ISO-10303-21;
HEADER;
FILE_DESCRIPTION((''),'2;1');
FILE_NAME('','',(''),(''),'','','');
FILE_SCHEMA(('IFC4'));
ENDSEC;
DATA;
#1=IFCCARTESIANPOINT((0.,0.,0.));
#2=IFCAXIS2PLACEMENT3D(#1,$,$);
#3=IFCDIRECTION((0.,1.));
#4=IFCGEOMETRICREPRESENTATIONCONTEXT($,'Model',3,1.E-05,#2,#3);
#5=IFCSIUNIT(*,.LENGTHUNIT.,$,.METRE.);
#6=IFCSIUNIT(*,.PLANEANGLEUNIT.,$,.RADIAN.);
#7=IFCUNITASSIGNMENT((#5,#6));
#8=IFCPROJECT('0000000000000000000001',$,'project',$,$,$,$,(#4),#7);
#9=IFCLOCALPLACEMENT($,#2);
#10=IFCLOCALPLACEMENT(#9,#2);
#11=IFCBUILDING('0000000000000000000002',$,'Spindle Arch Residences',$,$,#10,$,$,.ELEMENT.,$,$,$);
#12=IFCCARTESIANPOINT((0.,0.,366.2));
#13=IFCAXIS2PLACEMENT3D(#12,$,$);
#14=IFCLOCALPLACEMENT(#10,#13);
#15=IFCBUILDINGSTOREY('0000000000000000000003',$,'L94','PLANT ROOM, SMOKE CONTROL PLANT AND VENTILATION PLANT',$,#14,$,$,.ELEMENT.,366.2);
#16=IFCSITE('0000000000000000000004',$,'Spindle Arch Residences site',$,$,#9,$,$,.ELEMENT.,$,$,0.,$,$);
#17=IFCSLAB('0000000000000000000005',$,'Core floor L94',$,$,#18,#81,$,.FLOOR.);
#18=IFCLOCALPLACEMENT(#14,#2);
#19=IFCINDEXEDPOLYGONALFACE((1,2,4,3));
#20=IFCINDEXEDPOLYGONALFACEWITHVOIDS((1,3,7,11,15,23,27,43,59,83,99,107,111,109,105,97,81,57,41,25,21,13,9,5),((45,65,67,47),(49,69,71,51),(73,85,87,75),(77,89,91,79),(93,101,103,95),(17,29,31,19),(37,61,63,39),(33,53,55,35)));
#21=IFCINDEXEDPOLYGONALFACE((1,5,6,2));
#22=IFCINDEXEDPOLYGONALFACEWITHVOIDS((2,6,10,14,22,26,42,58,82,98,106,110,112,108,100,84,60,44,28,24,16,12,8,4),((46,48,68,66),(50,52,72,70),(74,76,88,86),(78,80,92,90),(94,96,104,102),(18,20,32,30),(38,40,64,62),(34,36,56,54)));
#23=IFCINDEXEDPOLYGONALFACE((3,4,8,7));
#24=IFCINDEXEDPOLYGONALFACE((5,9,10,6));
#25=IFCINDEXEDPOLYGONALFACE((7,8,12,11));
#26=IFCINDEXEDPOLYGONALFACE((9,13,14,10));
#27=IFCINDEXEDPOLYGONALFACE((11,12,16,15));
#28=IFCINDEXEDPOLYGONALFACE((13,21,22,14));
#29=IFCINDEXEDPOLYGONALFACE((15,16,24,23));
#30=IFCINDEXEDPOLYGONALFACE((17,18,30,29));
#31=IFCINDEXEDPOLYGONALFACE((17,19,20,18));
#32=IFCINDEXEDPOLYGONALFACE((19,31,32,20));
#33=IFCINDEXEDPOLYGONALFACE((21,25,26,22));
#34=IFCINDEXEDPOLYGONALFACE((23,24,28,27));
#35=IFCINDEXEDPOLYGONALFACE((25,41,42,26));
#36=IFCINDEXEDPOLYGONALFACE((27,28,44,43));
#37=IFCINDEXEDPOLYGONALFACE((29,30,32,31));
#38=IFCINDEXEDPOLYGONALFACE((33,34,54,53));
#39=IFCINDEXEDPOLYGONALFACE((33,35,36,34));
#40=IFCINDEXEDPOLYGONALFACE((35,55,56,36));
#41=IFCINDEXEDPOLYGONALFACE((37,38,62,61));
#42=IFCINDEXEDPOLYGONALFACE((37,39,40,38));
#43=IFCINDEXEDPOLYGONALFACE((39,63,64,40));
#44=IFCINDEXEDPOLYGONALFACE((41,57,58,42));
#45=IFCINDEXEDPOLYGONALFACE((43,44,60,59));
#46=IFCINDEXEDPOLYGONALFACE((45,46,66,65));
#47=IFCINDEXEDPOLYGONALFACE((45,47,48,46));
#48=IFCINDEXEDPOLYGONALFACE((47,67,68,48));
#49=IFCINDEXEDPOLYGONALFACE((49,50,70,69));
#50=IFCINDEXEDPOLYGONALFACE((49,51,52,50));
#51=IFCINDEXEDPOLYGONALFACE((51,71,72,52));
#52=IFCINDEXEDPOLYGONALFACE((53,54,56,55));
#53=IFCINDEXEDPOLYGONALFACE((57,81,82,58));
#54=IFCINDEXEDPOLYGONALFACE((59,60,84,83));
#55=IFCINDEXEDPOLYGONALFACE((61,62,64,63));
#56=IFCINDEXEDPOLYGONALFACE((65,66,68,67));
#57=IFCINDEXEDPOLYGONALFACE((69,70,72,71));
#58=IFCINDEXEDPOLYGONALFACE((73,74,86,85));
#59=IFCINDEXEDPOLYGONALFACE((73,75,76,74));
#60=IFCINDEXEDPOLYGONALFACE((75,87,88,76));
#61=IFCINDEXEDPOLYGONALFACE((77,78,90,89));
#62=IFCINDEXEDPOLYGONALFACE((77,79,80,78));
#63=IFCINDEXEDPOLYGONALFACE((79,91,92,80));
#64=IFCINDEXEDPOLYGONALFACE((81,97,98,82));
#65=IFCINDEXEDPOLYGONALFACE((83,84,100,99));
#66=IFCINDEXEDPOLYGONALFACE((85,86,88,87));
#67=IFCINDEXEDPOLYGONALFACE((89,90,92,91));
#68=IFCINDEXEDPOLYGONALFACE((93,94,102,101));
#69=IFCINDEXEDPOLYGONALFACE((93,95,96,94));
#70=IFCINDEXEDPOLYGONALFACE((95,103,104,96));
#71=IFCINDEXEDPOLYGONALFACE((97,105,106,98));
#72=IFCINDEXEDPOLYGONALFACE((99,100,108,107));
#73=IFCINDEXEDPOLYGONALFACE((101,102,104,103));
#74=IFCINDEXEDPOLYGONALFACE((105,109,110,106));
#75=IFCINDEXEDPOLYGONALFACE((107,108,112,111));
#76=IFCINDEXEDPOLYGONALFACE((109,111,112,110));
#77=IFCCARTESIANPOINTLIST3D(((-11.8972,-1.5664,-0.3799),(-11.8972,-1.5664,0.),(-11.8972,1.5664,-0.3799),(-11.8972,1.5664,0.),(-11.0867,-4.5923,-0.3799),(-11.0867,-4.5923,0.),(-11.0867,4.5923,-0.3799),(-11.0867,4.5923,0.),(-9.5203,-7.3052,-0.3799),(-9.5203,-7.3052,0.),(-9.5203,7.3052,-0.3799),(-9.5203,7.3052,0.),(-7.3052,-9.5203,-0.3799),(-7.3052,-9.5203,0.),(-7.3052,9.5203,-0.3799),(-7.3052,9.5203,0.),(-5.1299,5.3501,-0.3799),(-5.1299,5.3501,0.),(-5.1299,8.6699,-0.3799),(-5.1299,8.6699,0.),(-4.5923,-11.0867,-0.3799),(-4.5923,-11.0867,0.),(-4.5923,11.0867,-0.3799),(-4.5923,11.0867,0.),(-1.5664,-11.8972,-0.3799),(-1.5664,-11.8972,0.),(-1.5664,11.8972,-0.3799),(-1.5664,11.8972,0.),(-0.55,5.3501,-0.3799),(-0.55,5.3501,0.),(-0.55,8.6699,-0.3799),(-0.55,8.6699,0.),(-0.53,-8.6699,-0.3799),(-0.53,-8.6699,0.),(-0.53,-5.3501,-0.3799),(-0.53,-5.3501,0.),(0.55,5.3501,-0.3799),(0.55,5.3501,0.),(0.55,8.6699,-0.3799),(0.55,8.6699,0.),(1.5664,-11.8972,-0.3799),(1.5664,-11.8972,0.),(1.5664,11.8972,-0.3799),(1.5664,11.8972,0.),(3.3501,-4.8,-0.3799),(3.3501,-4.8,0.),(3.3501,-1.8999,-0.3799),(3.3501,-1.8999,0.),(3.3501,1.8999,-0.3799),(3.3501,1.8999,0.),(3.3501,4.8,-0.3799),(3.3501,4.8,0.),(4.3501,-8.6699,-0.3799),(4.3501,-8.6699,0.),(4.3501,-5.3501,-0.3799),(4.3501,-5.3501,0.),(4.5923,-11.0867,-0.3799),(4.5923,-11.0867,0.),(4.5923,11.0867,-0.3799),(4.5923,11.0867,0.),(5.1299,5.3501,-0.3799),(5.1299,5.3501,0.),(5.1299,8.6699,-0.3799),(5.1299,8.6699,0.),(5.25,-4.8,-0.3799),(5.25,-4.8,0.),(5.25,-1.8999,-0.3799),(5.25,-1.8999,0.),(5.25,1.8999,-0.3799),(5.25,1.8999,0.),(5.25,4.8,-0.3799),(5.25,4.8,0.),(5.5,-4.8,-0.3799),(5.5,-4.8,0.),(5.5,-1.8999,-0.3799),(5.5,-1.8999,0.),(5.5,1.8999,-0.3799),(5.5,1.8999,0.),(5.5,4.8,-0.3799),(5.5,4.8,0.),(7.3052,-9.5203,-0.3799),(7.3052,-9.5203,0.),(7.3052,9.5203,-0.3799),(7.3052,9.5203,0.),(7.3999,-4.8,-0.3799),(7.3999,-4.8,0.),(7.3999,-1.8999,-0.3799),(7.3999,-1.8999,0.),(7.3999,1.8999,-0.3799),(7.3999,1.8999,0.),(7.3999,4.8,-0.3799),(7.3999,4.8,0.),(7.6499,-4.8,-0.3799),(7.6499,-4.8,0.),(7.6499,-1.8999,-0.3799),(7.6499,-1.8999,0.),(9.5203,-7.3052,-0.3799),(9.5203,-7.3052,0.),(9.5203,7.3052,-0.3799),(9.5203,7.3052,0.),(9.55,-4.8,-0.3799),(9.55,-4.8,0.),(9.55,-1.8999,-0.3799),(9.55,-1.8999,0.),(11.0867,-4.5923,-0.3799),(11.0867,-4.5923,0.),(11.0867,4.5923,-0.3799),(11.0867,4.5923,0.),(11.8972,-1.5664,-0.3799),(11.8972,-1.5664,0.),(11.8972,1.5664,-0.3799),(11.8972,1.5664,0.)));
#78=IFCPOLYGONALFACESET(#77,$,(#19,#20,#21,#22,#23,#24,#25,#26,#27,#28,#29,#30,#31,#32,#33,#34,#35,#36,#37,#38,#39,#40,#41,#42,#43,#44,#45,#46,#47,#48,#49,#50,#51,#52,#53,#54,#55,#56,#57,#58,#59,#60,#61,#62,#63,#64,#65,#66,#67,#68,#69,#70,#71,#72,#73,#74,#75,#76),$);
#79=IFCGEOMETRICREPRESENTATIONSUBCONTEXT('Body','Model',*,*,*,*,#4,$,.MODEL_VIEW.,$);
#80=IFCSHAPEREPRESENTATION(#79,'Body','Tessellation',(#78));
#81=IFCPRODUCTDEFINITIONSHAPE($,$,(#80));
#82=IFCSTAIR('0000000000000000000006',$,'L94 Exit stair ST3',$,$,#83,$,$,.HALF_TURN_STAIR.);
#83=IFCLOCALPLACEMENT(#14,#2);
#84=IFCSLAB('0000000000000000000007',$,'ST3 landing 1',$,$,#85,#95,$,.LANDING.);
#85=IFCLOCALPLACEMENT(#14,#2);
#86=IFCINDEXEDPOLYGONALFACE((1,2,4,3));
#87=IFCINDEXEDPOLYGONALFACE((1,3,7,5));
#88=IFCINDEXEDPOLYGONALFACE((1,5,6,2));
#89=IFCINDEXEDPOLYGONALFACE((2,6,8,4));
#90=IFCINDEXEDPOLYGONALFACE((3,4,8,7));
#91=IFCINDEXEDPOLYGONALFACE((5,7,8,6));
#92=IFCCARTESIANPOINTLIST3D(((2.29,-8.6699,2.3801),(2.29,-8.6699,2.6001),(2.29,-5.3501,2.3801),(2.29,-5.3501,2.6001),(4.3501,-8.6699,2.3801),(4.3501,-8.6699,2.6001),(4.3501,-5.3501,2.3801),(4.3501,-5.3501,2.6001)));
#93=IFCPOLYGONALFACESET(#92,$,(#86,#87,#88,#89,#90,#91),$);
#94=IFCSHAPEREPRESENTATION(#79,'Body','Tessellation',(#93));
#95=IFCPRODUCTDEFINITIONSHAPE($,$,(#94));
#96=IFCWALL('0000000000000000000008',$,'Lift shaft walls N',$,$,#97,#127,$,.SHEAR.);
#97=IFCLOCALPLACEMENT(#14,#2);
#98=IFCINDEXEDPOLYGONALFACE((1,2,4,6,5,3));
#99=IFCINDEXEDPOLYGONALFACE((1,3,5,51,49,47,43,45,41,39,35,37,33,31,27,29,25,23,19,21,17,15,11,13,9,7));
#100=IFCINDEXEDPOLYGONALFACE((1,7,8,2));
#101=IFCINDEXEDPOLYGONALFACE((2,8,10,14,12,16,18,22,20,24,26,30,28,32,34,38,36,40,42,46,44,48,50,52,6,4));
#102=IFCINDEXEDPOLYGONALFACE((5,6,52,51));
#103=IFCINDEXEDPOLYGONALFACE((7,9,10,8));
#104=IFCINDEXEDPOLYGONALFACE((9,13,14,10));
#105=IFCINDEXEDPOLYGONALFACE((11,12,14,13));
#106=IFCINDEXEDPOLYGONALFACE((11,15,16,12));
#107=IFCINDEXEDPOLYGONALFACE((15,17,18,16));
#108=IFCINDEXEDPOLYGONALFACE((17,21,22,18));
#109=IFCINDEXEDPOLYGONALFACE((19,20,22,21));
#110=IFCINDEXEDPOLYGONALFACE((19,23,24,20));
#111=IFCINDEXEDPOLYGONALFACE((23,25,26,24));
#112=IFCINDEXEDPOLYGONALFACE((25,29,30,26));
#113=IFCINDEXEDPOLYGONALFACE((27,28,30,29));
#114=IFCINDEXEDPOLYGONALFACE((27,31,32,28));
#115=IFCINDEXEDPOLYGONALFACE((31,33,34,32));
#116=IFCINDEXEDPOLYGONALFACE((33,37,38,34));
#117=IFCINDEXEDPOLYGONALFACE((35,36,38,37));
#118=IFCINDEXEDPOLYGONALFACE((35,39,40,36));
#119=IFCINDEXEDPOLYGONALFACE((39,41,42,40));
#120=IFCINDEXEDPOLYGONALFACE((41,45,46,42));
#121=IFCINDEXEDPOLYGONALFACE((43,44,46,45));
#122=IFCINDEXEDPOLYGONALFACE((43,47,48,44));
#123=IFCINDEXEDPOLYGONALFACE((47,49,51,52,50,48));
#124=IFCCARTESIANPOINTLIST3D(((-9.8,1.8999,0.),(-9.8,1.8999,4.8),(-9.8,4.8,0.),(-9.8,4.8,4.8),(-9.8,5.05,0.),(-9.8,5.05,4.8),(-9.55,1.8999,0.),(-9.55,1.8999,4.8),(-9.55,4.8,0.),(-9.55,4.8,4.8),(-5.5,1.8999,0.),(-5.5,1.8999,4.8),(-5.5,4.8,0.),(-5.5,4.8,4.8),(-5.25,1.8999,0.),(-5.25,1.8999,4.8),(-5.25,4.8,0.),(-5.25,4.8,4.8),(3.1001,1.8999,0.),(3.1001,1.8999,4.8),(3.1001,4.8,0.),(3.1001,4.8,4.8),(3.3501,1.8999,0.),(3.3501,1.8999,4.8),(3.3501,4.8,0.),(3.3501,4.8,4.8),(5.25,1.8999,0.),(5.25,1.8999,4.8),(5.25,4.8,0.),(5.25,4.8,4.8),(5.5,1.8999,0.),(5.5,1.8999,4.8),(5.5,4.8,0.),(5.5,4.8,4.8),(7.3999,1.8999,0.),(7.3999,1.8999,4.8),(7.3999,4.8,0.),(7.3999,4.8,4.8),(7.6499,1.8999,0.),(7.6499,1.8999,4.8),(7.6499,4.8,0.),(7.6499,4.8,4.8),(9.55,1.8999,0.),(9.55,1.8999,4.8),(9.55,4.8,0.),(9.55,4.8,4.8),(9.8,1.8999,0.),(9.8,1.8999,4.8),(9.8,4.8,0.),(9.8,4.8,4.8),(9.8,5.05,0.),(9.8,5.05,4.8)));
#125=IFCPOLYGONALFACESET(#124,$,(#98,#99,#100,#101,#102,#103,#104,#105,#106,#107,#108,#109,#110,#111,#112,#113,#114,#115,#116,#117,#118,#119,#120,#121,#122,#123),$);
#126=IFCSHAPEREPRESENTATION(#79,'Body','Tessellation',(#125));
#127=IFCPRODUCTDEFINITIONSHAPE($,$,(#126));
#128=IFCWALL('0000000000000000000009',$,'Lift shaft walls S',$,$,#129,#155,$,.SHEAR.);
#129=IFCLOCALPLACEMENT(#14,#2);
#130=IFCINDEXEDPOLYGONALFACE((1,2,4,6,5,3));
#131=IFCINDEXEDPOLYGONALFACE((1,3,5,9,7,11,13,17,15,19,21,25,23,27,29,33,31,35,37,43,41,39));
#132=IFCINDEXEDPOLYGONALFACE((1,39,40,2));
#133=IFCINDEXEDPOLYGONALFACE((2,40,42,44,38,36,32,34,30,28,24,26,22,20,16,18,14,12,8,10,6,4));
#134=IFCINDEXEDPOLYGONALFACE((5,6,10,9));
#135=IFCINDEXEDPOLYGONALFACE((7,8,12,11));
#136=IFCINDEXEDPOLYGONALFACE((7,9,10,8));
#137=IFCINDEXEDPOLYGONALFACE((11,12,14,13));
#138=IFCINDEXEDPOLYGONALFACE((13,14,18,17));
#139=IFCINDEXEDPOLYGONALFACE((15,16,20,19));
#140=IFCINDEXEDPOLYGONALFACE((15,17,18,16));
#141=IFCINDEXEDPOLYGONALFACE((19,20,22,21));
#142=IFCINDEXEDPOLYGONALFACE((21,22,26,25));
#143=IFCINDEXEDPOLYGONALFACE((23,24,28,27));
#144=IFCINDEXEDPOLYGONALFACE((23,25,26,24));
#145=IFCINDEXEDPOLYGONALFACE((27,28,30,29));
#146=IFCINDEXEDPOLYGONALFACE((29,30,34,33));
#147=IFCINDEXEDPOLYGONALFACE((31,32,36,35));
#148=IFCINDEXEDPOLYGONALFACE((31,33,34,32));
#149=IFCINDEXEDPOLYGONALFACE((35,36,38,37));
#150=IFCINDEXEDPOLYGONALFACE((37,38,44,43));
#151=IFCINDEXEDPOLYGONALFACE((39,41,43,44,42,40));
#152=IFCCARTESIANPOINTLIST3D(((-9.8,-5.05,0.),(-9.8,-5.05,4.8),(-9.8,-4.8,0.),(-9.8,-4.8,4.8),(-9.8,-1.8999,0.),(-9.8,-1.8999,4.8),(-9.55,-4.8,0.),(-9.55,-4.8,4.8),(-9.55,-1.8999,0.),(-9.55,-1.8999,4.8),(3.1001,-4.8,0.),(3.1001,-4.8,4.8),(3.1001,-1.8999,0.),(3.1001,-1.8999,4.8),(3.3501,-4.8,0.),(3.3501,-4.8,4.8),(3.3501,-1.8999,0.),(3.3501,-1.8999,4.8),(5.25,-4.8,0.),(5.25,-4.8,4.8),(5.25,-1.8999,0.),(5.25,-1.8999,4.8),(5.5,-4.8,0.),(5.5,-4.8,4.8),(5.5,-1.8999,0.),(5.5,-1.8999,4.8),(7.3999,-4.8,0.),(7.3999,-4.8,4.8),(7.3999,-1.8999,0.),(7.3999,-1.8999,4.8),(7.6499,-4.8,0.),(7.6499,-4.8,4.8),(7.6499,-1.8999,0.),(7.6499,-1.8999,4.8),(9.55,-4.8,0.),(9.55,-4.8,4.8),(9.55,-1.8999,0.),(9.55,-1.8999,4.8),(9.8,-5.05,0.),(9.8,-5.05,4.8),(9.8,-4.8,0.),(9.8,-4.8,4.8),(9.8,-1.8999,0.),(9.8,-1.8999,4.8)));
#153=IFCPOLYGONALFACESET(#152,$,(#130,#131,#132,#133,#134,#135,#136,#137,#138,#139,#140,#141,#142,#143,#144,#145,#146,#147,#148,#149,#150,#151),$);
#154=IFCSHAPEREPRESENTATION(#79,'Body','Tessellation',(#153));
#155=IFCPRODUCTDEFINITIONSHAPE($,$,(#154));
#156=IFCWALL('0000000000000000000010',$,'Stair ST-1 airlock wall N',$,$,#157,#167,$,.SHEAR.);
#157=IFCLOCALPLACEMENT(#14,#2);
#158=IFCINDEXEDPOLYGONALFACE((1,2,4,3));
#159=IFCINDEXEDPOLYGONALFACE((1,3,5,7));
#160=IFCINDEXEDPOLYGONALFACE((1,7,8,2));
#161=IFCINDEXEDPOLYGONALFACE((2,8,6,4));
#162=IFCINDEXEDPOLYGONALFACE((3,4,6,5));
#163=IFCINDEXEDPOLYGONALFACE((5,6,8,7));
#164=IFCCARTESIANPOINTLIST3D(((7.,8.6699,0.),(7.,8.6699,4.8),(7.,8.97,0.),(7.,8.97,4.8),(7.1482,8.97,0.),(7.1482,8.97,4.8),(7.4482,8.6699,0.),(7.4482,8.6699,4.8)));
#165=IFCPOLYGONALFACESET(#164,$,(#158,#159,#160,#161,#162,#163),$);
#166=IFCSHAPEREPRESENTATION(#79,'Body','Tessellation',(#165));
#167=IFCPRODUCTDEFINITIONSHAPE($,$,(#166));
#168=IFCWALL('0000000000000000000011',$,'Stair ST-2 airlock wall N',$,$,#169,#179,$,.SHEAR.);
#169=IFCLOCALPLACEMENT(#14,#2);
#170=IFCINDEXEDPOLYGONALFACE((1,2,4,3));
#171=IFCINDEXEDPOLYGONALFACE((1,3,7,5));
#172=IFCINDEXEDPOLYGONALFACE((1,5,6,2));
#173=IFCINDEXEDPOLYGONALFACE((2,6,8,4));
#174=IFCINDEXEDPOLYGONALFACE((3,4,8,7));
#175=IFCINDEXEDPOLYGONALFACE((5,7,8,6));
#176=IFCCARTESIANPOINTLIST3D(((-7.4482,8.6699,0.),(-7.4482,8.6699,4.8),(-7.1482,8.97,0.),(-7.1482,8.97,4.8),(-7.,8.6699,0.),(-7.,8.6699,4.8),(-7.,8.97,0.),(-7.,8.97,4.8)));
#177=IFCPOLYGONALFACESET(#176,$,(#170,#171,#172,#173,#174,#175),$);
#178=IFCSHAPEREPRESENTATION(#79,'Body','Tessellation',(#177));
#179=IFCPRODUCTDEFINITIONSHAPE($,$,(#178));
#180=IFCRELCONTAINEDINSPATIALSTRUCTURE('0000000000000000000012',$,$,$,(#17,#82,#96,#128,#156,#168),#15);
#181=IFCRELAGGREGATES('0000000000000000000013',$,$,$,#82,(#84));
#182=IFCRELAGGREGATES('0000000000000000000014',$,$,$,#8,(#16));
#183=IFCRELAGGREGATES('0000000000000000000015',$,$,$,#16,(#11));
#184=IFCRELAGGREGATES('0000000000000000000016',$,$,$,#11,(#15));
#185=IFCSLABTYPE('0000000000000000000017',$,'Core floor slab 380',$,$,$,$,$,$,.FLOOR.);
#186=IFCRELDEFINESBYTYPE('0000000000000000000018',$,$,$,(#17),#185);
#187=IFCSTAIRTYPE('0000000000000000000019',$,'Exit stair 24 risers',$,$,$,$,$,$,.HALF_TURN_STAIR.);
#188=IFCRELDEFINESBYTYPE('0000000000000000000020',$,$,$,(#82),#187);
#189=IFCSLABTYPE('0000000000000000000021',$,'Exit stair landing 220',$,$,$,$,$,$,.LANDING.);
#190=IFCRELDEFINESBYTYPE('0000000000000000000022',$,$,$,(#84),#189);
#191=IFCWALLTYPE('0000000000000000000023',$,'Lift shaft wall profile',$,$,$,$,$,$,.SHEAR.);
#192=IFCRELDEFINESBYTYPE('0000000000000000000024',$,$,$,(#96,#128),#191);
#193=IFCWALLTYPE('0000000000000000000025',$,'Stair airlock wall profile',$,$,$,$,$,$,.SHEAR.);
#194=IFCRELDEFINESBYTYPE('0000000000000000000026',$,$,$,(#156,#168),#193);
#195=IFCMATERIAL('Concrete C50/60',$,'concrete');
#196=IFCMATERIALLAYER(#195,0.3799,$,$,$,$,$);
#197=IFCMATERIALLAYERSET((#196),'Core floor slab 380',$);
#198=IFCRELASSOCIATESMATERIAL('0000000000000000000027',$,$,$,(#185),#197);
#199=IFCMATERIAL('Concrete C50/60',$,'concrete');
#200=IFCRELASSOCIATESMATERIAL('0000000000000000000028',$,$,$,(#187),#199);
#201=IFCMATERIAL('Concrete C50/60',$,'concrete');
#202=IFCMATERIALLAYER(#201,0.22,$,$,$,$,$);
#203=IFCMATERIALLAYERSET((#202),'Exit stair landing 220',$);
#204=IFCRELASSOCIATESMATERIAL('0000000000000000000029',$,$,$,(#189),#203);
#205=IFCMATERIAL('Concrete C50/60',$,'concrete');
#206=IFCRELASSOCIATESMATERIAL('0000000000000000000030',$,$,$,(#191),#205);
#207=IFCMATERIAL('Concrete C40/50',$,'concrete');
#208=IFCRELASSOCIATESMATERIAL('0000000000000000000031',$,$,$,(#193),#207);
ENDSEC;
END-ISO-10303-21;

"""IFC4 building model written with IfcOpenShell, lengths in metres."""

from ifc_helpers import new_model, si_unit, direction, frame, origin, place, context, subcontext, project, spatial, polyline, outline, extrude, material, layer, layer_set, type_object, element, aggregate, save


model = new_model("IFC4")

# Units and contexts
model_context = context("Model", 3, precision=1e-05, world=origin(), true_north=direction((0.0, 1.0)))
body_context = subcontext(model_context, "Body", "Model", "MODEL_VIEW")
ifc_project = project(units=[si_unit("LENGTHUNIT", "METRE"), si_unit("PLANEANGLEUNIT", "RADIAN")], contexts=[model_context])

# Site, building, storey
site_placement = place(None, origin())
site = spatial("IfcSite", under=ifc_project, at=site_placement, Name="Spindle Arch Residences site", CompositionType="ELEMENT", RefElevation=0.0)
building_placement = place(site_placement, origin())
building = spatial("IfcBuilding", under=site, at=building_placement, Name="Spindle Arch Residences", CompositionType="ELEMENT")
storey_placement = place(building_placement, frame((0.0, 0.0, 366.2)))
storey = spatial("IfcBuildingStorey", under=building, at=storey_placement, Name="L94", Description="PLANT ROOM, SMOKE CONTROL PLANT AND VENTILATION PLANT", CompositionType="ELEMENT", Elevation=366.2)

# Slab
ifc_material_1 = material(Name="Concrete C50/60", Category="concrete")
ifc_layer_1 = layer(ifc_material_1, 0.3799)
ifc_layer_set_1 = layer_set([ifc_layer_1], Name="Core floor slab 380")
slab_type_1 = type_object("IfcSlabType", Name="Core floor slab 380", PredefinedType="FLOOR", material=ifc_layer_set_1)
slab_1_placement = place(storey_placement, frame((0.0, 0.0, -0.3799)))
element("IfcSlab", 1, at=slab_1_placement, inside=storey, type_object=slab_type_1, Name="Core floor L94", PredefinedType="FLOOR", context=body_context, shape_type="SweptSolid", body=[
    extrude(outline(polyline([(1.5664, -11.8972), (4.5923, -11.0867), (7.3052, -9.5203), (9.5203, -7.3052), (11.0867, -4.5923), (11.8972, -1.5664), (11.8972, 1.5664), (11.0867, 4.5923), (9.5203, 7.3052), (7.3052, 9.5203), (4.5923, 11.0867), (1.5664, 11.8972), (-1.5664, 11.8972), (-4.5923, 11.0867), (-7.3052, 9.5203), (-9.5203, 7.3052), (-11.0867, 4.5923), (-11.8972, 1.5664), (-11.8972, -1.5664), (-11.0867, -4.5923), (-9.5203, -7.3052), (-7.3052, -9.5203), (-4.5923, -11.0867), (-1.5664, -11.8972), (1.5664, -11.8972)]), holes=[polyline([(3.3501, 1.8999), (5.25, 1.8999), (5.25, 4.8), (3.3501, 4.8), (3.3501, 1.8999)]), polyline([(5.5, 1.8999), (7.3999, 1.8999), (7.3999, 4.8), (5.5, 4.8), (5.5, 1.8999)]), polyline([(3.3501, -4.8), (5.25, -4.8), (5.25, -1.8999), (3.3501, -1.8999), (3.3501, -4.8)]), polyline([(5.5, -4.8), (7.3999, -4.8), (7.3999, -1.8999), (5.5, -1.8999), (5.5, -4.8)]), polyline([(7.6499, -4.8), (9.55, -4.8), (9.55, -1.8999), (7.6499, -1.8999), (7.6499, -4.8)]), polyline([(5.1299, 8.6699), (0.55, 8.6699), (0.55, 5.3501), (5.1299, 5.3501), (5.1299, 8.6699)]), polyline([(-5.1299, 5.3501), (-0.55, 5.3501), (-0.55, 8.6699), (-5.1299, 8.6699), (-5.1299, 5.3501)]), polyline([(-0.53, -8.6699), (4.3501, -8.6699), (4.3501, -5.3501), (-0.53, -5.3501), (-0.53, -8.6699)])]), origin(), (0.0, 0.0, 1.0), 0.3799),
])

# Stair, slab
ifc_material_2 = material(Name="Concrete C50/60", Category="concrete")
stair_type = type_object("IfcStairType", Name="Exit stair 24 risers", PredefinedType="HALF_TURN_STAIR", material=ifc_material_2)
stair_placement = place(storey_placement, origin())
stair = element("IfcStair", 2, at=stair_placement, inside=storey, type_object=stair_type, Name="L94 Exit stair ST3", PredefinedType="HALF_TURN_STAIR")
ifc_material_3 = material(Name="Concrete C50/60", Category="concrete")
ifc_layer_2 = layer(ifc_material_3, 0.22)
ifc_layer_set_2 = layer_set([ifc_layer_2], Name="Exit stair landing 220")
slab_type_2 = type_object("IfcSlabType", Name="Exit stair landing 220", PredefinedType="LANDING", material=ifc_layer_set_2)
slab_2_placement = place(storey_placement, frame((0.0, 0.0, 2.3801)))
slab_2 = element("IfcSlab", 3, at=slab_2_placement, type_object=slab_type_2, Name="ST3 landing 1", PredefinedType="LANDING", context=body_context, shape_type="SweptSolid", body=[
    extrude(outline(polyline([(2.29, -8.6699), (4.3501, -8.6699), (4.3501, -5.3501), (2.29, -5.3501), (2.29, -8.6699)])), origin(), (0.0, 0.0, 1.0), 0.22),
])
aggregate(stair, [slab_2])

# Walls
ifc_material_4 = material(Name="Concrete C50/60", Category="concrete")
wall_type_1 = type_object("IfcWallType", Name="Lift shaft wall profile", PredefinedType="SHEAR", material=ifc_material_4)
wall_1_placement = place(storey_placement, origin())
element("IfcWall", 4, at=wall_1_placement, inside=storey, type_object=wall_type_1, Name="Lift shaft walls N", PredefinedType="SHEAR", context=body_context, shape_type="SweptSolid", body=[
    extrude(outline(polyline([(-9.8, 1.8999), (-9.55, 1.8999), (-9.55, 4.8), (-5.5, 4.8), (-5.5, 1.8999), (-5.25, 1.8999), (-5.25, 4.8), (3.1001, 4.8), (3.1001, 1.8999), (3.3501, 1.8999), (3.3501, 4.8), (5.25, 4.8), (5.25, 1.8999), (5.5, 1.8999), (5.5, 4.8), (7.3999, 4.8), (7.3999, 1.8999), (7.6499, 1.8999), (7.6499, 4.8), (9.55, 4.8), (9.55, 1.8999), (9.8, 1.8999), (9.8, 4.8), (9.8, 5.05), (-9.8, 5.05), (-9.8, 4.8), (-9.8, 1.8999)])), origin(), (0.0, 0.0, 1.0), 4.8),
])
wall_2_placement = place(storey_placement, origin())
element("IfcWall", 5, at=wall_2_placement, inside=storey, type_object=wall_type_1, Name="Lift shaft walls S", PredefinedType="SHEAR", context=body_context, shape_type="SweptSolid", body=[
    extrude(outline(polyline([(9.8, -4.8), (9.8, -1.8999), (9.55, -1.8999), (9.55, -4.8), (7.6499, -4.8), (7.6499, -1.8999), (7.3999, -1.8999), (7.3999, -4.8), (5.5, -4.8), (5.5, -1.8999), (5.25, -1.8999), (5.25, -4.8), (3.3501, -4.8), (3.3501, -1.8999), (3.1001, -1.8999), (3.1001, -4.8), (-9.55, -4.8), (-9.55, -1.8999), (-9.8, -1.8999), (-9.8, -4.8), (-9.8, -5.05), (9.8, -5.05), (9.8, -4.8)])), origin(), (0.0, 0.0, 1.0), 4.8),
])
ifc_material_5 = material(Name="Concrete C40/50", Category="concrete")
wall_type_2 = type_object("IfcWallType", Name="Stair airlock wall profile", PredefinedType="SHEAR", material=ifc_material_5)
wall_3_placement = place(storey_placement, origin())
element("IfcWall", 6, at=wall_3_placement, inside=storey, type_object=wall_type_2, Name="Stair ST-1 airlock wall N", PredefinedType="SHEAR", context=body_context, shape_type="SweptSolid", body=[
    extrude(outline(polyline([(7.4482, 8.6699), (7.0, 8.6699), (7.0, 8.97), (7.1482, 8.97), (7.4482, 8.6699)])), origin(), (0.0, 0.0, 1.0), 4.8),
])
wall_4_placement = place(storey_placement, origin())
element("IfcWall", 7, at=wall_4_placement, inside=storey, type_object=wall_type_2, Name="Stair ST-2 airlock wall N", PredefinedType="SHEAR", context=body_context, shape_type="SweptSolid", body=[
    extrude(outline(polyline([(-7.1482, 8.97), (-7.0, 8.97), (-7.0, 8.6699), (-7.4482, 8.6699), (-7.1482, 8.97)])), origin(), (0.0, 0.0, 1.0), 4.8),
])

save(model, "model.ifc")
